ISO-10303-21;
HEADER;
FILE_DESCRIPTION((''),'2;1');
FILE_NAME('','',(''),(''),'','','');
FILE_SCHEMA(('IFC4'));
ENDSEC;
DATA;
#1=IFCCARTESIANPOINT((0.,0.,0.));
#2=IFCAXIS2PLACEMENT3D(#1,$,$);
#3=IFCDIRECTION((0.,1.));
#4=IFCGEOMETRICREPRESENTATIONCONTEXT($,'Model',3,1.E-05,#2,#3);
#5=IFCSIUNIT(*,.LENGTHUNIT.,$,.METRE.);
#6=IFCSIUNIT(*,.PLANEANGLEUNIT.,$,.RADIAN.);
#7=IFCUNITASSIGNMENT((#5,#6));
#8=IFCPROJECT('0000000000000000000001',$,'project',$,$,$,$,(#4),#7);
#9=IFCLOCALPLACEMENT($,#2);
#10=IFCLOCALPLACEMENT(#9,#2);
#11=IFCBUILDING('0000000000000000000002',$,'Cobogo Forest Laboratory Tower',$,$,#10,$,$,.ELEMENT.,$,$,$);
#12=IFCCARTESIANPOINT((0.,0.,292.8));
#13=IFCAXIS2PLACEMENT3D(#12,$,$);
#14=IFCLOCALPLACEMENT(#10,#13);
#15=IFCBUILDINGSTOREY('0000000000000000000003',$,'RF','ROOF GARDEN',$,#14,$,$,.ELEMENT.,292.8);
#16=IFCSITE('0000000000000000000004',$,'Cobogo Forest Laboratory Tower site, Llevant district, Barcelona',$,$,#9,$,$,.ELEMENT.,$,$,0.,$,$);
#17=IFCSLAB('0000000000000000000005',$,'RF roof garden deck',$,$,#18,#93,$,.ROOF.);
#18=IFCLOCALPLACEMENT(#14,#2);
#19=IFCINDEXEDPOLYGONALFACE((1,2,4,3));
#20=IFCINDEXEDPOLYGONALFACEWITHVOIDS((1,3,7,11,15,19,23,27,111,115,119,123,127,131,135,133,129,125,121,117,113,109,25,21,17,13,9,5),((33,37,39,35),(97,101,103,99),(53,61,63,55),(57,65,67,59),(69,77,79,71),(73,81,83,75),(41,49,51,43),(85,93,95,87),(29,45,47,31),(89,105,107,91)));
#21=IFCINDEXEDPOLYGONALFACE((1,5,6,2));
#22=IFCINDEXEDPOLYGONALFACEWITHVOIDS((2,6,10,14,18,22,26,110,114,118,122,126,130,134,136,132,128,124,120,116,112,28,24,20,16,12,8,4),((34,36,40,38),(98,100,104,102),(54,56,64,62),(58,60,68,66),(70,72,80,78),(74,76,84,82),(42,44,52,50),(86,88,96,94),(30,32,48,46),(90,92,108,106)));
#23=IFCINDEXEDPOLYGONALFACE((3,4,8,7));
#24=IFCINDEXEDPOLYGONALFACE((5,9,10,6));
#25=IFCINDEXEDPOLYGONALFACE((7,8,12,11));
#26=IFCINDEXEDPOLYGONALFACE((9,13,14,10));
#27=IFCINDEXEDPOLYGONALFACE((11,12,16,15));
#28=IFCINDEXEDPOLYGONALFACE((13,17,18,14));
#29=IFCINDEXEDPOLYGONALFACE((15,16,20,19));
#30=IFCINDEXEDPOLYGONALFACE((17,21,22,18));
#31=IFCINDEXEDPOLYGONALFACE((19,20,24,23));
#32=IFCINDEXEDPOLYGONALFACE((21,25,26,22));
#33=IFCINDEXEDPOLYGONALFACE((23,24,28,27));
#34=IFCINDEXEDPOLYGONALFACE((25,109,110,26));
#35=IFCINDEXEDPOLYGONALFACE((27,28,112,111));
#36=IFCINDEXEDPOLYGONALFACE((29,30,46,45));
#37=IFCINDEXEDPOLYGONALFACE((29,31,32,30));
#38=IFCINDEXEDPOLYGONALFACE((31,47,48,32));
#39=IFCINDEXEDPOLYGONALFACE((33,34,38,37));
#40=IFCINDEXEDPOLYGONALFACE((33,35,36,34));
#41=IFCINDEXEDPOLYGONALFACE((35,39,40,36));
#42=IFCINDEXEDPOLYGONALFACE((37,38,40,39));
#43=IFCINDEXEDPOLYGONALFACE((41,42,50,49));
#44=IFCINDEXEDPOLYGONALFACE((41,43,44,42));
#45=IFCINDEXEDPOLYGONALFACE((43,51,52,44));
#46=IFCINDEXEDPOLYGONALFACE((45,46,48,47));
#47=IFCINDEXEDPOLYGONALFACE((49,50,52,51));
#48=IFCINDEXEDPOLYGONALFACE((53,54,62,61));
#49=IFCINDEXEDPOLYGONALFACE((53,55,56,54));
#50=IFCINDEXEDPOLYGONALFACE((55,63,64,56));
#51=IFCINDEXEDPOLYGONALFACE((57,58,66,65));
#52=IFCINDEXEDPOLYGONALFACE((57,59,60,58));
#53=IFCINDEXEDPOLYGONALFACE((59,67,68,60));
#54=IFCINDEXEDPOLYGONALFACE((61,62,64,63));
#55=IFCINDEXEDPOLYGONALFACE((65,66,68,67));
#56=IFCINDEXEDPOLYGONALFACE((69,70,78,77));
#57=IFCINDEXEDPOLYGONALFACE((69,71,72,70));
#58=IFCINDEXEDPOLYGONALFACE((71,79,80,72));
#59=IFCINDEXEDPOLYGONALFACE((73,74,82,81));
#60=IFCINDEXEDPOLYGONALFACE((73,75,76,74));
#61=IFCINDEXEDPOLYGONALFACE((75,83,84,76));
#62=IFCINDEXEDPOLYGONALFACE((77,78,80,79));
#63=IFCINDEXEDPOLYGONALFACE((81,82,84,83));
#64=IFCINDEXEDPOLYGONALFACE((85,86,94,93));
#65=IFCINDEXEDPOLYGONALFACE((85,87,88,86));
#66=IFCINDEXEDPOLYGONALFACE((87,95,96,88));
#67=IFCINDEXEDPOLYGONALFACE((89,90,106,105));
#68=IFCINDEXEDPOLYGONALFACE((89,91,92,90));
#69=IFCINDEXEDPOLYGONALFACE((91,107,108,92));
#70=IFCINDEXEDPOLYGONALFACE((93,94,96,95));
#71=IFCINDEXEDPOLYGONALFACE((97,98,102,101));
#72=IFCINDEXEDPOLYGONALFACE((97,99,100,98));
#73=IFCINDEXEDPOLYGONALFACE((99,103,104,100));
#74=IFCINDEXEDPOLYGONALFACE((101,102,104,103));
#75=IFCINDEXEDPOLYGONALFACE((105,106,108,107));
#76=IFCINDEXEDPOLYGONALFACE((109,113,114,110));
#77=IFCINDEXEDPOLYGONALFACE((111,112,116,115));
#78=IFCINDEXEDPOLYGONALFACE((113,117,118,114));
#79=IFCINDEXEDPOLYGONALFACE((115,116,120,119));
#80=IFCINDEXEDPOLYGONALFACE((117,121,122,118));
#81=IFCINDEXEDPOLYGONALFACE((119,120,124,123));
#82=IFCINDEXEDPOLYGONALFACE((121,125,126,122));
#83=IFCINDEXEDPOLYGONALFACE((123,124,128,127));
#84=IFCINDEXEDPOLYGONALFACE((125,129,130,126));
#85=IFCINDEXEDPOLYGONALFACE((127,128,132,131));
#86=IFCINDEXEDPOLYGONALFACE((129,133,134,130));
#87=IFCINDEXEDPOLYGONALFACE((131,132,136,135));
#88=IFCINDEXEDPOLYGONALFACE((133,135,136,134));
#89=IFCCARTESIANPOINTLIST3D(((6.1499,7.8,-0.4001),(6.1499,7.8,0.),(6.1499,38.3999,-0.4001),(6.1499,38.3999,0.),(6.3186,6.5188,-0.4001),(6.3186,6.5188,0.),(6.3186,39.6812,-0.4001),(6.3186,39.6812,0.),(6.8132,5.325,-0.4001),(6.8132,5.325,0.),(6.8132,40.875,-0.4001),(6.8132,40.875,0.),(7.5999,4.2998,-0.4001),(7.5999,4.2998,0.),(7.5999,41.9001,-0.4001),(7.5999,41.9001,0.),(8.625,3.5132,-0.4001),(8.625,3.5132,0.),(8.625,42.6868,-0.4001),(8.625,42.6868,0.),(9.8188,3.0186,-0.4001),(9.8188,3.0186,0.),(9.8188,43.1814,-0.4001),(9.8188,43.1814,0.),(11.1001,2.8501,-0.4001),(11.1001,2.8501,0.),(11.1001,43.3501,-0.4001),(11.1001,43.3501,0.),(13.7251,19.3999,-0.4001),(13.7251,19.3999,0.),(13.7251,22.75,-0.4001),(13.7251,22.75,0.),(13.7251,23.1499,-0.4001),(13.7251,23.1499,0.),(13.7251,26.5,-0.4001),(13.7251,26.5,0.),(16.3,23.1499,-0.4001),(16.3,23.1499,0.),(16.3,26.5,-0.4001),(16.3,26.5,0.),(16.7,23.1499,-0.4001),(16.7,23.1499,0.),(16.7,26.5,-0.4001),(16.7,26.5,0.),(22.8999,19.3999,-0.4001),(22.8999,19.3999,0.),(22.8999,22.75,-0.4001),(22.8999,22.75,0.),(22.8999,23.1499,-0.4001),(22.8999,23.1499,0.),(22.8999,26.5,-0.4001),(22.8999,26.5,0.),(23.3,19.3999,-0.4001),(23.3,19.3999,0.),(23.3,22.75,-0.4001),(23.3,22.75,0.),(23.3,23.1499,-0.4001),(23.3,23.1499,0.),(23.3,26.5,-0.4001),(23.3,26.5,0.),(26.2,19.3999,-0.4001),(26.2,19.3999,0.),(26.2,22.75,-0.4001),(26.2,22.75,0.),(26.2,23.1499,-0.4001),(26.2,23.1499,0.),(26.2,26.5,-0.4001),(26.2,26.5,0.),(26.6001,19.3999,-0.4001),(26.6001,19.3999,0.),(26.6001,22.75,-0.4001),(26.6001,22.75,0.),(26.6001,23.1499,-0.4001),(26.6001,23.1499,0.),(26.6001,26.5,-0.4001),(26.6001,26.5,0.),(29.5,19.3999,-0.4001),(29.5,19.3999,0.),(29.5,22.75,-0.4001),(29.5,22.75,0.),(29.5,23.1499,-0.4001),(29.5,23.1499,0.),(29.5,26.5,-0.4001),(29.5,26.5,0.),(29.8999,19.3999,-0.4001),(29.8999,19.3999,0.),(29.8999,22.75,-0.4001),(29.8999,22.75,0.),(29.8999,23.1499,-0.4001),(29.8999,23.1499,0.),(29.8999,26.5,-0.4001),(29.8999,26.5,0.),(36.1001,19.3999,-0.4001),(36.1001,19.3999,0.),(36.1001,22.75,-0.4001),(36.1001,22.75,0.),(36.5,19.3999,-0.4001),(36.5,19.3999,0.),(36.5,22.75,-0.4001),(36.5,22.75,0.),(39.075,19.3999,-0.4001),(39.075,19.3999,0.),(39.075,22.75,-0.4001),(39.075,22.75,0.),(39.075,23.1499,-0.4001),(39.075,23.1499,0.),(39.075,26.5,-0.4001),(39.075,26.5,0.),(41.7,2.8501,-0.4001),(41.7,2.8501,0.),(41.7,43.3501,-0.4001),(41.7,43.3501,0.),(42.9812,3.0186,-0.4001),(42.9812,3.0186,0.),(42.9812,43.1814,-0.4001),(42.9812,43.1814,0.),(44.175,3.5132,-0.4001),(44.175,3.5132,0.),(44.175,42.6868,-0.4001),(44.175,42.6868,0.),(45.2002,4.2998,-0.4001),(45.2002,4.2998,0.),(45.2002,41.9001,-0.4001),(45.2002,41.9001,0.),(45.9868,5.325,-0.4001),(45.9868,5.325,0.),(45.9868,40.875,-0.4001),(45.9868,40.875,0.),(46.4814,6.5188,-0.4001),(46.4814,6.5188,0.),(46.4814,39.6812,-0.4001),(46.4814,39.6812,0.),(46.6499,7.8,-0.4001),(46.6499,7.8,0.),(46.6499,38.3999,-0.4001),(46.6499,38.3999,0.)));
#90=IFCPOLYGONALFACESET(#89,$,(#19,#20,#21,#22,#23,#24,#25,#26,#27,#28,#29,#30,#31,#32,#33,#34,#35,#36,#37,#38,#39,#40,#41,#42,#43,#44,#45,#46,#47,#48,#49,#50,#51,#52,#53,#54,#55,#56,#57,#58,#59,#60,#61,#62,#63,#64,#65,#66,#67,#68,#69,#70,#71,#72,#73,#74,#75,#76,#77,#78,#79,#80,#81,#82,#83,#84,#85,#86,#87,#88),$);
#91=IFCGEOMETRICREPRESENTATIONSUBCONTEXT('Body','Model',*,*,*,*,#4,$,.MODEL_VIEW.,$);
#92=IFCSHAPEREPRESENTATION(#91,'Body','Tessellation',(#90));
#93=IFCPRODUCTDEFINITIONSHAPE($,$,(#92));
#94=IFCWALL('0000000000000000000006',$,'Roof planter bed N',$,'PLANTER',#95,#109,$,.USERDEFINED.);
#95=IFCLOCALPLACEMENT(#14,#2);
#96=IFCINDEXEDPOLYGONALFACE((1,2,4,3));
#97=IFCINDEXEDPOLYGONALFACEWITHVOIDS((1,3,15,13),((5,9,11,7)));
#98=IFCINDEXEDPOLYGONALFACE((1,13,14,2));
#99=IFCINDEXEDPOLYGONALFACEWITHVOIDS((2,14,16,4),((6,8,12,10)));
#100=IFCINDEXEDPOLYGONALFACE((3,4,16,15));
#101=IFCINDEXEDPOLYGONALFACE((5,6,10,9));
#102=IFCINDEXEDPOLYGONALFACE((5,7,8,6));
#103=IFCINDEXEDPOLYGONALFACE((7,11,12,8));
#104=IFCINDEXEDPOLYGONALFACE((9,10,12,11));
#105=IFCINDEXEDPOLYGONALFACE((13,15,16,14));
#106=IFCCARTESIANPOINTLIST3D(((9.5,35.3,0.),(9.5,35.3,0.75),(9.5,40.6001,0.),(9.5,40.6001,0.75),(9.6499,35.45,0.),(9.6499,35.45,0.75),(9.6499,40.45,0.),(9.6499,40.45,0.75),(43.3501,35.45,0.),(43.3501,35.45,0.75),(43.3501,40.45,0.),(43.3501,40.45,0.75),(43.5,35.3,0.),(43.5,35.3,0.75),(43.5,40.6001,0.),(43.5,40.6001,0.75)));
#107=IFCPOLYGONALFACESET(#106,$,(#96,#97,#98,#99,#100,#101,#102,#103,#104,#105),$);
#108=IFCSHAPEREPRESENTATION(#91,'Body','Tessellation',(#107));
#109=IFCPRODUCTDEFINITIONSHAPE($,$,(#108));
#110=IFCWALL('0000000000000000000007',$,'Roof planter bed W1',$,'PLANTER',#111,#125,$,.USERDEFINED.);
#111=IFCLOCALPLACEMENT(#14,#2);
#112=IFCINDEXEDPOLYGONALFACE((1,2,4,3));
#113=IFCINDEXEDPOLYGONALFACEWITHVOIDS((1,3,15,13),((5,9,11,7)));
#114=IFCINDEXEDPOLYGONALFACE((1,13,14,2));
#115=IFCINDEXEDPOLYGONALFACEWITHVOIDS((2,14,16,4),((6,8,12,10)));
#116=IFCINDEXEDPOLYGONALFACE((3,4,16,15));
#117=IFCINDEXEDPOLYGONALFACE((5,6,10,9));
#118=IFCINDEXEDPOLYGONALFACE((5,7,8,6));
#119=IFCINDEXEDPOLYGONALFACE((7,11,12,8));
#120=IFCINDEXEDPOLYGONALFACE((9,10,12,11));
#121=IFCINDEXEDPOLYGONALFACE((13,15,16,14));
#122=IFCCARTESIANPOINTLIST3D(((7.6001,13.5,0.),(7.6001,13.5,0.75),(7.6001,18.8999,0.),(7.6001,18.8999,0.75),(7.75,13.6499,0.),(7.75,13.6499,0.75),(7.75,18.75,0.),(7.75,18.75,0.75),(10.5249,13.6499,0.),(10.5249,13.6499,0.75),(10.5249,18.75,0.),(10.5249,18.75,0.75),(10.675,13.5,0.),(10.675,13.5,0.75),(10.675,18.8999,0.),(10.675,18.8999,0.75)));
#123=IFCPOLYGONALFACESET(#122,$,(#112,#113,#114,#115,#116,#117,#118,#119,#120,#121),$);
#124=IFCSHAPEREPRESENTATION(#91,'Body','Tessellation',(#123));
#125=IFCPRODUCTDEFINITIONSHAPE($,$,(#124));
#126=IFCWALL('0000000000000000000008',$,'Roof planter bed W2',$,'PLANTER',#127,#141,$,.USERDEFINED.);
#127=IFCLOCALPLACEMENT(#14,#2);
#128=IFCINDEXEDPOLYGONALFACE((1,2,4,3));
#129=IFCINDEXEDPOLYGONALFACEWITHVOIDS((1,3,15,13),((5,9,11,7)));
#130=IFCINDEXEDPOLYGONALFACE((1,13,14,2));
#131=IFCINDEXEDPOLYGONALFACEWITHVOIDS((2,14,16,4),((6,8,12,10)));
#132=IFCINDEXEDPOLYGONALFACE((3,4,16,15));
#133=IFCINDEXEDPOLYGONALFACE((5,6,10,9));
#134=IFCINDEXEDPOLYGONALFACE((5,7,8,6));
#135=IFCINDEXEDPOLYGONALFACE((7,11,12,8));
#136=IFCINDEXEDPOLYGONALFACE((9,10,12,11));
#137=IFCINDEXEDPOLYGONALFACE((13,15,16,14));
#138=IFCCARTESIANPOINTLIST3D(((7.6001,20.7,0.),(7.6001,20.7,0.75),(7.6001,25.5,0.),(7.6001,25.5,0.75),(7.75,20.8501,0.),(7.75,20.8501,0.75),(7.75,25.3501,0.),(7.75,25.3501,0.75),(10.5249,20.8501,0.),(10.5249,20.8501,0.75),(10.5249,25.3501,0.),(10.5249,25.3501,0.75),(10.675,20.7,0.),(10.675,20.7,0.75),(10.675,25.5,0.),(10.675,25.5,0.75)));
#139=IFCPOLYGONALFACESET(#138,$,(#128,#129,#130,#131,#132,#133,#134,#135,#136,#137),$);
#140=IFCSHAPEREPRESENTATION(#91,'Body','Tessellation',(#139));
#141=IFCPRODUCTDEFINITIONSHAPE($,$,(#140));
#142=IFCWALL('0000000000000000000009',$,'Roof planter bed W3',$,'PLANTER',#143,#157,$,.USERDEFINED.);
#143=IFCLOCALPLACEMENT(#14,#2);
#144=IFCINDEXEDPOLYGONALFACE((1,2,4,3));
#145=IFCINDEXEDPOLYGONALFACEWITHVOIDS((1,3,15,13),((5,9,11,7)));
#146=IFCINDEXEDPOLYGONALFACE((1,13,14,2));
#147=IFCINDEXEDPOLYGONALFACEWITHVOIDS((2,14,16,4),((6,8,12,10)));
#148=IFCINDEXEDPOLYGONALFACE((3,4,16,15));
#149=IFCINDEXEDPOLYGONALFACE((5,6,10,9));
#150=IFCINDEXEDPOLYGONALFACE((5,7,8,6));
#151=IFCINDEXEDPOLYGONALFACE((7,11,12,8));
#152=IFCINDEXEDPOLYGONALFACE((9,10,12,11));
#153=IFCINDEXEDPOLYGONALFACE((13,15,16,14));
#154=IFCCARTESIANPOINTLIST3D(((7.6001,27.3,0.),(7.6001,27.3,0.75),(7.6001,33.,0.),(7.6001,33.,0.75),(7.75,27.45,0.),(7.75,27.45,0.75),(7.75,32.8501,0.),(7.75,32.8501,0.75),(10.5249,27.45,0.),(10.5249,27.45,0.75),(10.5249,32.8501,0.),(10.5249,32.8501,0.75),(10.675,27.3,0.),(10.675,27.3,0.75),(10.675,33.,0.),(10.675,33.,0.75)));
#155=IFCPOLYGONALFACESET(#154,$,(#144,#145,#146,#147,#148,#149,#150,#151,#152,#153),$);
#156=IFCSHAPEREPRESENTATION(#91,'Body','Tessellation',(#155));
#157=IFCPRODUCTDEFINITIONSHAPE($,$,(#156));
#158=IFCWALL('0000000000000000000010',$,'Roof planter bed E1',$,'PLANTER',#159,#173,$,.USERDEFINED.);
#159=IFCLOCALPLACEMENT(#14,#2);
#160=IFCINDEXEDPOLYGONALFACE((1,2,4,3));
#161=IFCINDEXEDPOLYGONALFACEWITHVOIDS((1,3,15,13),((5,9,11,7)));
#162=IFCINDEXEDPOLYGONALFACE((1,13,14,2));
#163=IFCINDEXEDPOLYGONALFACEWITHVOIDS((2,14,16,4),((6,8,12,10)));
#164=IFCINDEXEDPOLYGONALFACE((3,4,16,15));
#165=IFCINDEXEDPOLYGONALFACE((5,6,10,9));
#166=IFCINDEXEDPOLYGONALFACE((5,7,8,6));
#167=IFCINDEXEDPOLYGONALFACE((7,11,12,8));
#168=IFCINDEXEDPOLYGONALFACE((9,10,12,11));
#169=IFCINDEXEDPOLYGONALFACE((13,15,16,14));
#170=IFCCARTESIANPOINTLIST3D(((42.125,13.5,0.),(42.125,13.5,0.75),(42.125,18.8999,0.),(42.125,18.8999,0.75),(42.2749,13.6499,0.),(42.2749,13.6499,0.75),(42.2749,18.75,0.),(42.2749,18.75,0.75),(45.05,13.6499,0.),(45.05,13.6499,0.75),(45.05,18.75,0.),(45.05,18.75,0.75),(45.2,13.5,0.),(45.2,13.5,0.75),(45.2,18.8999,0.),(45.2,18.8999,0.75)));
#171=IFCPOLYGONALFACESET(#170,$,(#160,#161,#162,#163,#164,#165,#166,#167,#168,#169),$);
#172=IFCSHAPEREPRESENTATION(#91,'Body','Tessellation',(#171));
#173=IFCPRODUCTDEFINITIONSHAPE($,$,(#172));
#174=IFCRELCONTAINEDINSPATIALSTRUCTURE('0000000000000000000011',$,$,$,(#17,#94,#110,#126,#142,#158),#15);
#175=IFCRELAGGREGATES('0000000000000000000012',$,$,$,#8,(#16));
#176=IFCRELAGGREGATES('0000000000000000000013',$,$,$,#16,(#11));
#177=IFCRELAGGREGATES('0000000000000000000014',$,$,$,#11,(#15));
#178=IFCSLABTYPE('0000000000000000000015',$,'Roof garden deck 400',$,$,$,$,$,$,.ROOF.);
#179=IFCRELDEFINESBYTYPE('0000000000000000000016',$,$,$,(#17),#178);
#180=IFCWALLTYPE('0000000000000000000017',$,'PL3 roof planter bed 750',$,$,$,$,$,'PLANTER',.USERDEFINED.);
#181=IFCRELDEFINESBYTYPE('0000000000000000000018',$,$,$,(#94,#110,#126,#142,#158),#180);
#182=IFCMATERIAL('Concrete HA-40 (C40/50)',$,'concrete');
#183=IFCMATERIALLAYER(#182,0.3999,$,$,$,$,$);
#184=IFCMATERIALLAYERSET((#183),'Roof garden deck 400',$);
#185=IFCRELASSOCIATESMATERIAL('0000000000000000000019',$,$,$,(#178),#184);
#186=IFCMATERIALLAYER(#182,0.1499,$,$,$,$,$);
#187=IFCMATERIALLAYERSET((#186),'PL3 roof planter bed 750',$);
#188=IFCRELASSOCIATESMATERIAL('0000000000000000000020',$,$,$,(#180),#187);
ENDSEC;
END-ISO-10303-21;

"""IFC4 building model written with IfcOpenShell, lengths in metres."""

from ifc_helpers import new_model, si_unit, direction, frame, origin, place, context, subcontext, project, spatial, polyline, outline, extrude, material, layer, layer_set, type_object, element, save


model = new_model("IFC4")

# Units and contexts
model_context = context("Model", 3, precision=1e-05, world=origin(), true_north=direction((0.0, 1.0)))
body_context = subcontext(model_context, "Body", "Model", "MODEL_VIEW")
ifc_project = project(units=[si_unit("LENGTHUNIT", "METRE"), si_unit("PLANEANGLEUNIT", "RADIAN")], contexts=[model_context])

# Site, building, storey
site_placement = place(None, origin())
site = spatial("IfcSite", under=ifc_project, at=site_placement, Name="Cobogo Forest Laboratory Tower site, Llevant district, Barcelona", CompositionType="ELEMENT", RefElevation=0.0)
building_placement = place(site_placement, origin())
building = spatial("IfcBuilding", under=site, at=building_placement, Name="Cobogo Forest Laboratory Tower", CompositionType="ELEMENT")
storey_placement = place(building_placement, frame((0.0, 0.0, 292.8)))
storey = spatial("IfcBuildingStorey", under=building, at=storey_placement, Name="RF", Description="ROOF GARDEN", CompositionType="ELEMENT", Elevation=292.8)

# Slab
ifc_material = material(Name="Concrete HA-40 (C40/50)", Category="concrete")
ifc_layer_1 = layer(ifc_material, 0.3999)
ifc_layer_set_1 = layer_set([ifc_layer_1], Name="Roof garden deck 400")
slab_type = type_object("IfcSlabType", Name="Roof garden deck 400", PredefinedType="ROOF", material=ifc_layer_set_1)
slab_placement = place(storey_placement, frame((0.0, 0.0, -0.4001)))
element("IfcSlab", 1, at=slab_placement, inside=storey, type_object=slab_type, Name="RF roof garden deck", PredefinedType="ROOF", context=body_context, shape_type="SweptSolid", body=[
    extrude(outline(polyline([(41.7, 2.8501), (42.9812, 3.0186), (44.175, 3.5132), (45.2002, 4.2998), (45.9868, 5.325), (46.4814, 6.5188), (46.6499, 7.8), (46.6499, 38.3999), (46.4814, 39.6812), (45.9868, 40.875), (45.2002, 41.9001), (44.175, 42.6868), (42.9812, 43.1814), (41.7, 43.3501), (11.1001, 43.3501), (9.8188, 43.1814), (8.625, 42.6868), (7.5999, 41.9001), (6.8132, 40.875), (6.3186, 39.6812), (6.1499, 38.3999), (6.1499, 7.8), (6.3186, 6.5188), (6.8132, 5.325), (7.5999, 4.2998), (8.625, 3.5132), (9.8188, 3.0186), (11.1001, 2.8501), (41.7, 2.8501)]), holes=[polyline([(22.8999, 22.75), (22.8999, 19.3999), (13.7251, 19.3999), (13.7251, 22.75), (22.8999, 22.75)]), polyline([(26.2, 19.3999), (23.3, 19.3999), (23.3, 22.75), (26.2, 22.75), (26.2, 19.3999)]), polyline([(29.5, 22.75), (29.5, 19.3999), (26.6001, 19.3999), (26.6001, 22.75), (29.5, 22.75)]), polyline([(36.1001, 22.75), (36.1001, 19.3999), (29.8999, 19.3999), (29.8999, 22.75), (36.1001, 22.75)]), polyline([(39.075, 22.75), (39.075, 19.3999), (36.5, 19.3999), (36.5, 22.75), (39.075, 22.75)]), polyline([(16.3, 23.1499), (13.7251, 23.1499), (13.7251, 26.5), (16.3, 26.5), (16.3, 23.1499)]), polyline([(16.7, 26.5), (22.8999, 26.5), (22.8999, 23.1499), (16.7, 23.1499), (16.7, 26.5)]), polyline([(26.2, 23.1499), (23.3, 23.1499), (23.3, 26.5), (26.2, 26.5), (26.2, 23.1499)]), polyline([(29.5, 23.1499), (26.6001, 23.1499), (26.6001, 26.5), (29.5, 26.5), (29.5, 23.1499)]), polyline([(39.075, 23.1499), (29.8999, 23.1499), (29.8999, 26.5), (39.075, 26.5), (39.075, 23.1499)])]), origin(), (0.0, 0.0, 1.0), 0.4001),
])

# Walls
ifc_layer_2 = layer(ifc_material, 0.1499)
ifc_layer_set_2 = layer_set([ifc_layer_2], Name="PL3 roof planter bed 750")
wall_type_1 = type_object("IfcWallType", Name="PL3 roof planter bed 750", ElementType="PLANTER", PredefinedType="USERDEFINED", material=ifc_layer_set_2)
wall_1_placement = place(storey_placement, origin())
element("IfcWall", 2, at=wall_1_placement, inside=storey, type_object=wall_type_1, Name="Roof planter bed N", ObjectType="PLANTER", PredefinedType="USERDEFINED", context=body_context, shape_type="SweptSolid", body=[
    extrude(outline(polyline([(9.5, 35.3), (43.5, 35.3), (43.5, 40.6001), (9.5, 40.6001), (9.5, 35.3)]), holes=[polyline([(9.6499, 35.45), (43.3501, 35.45), (43.3501, 40.45), (9.6499, 40.45), (9.6499, 35.45)])]), origin(), (0.0, 0.0, 1.0), 0.75),
])
wall_2_placement = place(storey_placement, origin())
element("IfcWall", 3, at=wall_2_placement, inside=storey, type_object=wall_type_1, Name="Roof planter bed W1", ObjectType="PLANTER", PredefinedType="USERDEFINED", context=body_context, shape_type="SweptSolid", body=[
    extrude(outline(polyline([(7.6001, 13.5), (10.675, 13.5), (10.675, 18.8999), (7.6001, 18.8999), (7.6001, 13.5)]), holes=[polyline([(7.75, 13.6499), (10.5249, 13.6499), (10.5249, 18.75), (7.75, 18.75), (7.75, 13.6499)])]), origin(), (0.0, 0.0, 1.0), 0.75),
])
wall_3_placement = place(storey_placement, origin())
element("IfcWall", 4, at=wall_3_placement, inside=storey, type_object=wall_type_1, Name="Roof planter bed W2", ObjectType="PLANTER", PredefinedType="USERDEFINED", context=body_context, shape_type="SweptSolid", body=[
    extrude(outline(polyline([(7.6001, 20.7), (10.675, 20.7), (10.675, 25.5), (7.6001, 25.5), (7.6001, 20.7)]), holes=[polyline([(7.75, 20.8501), (10.5249, 20.8501), (10.5249, 25.3501), (7.75, 25.3501), (7.75, 20.8501)])]), origin(), (0.0, 0.0, 1.0), 0.75),
])
wall_4_placement = place(storey_placement, origin())
element("IfcWall", 5, at=wall_4_placement, inside=storey, type_object=wall_type_1, Name="Roof planter bed W3", ObjectType="PLANTER", PredefinedType="USERDEFINED", context=body_context, shape_type="SweptSolid", body=[
    extrude(outline(polyline([(7.6001, 27.3), (10.675, 27.3), (10.675, 33.0), (7.6001, 33.0), (7.6001, 27.3)]), holes=[polyline([(7.75, 27.45), (10.5249, 27.45), (10.5249, 32.8501), (7.75, 32.8501), (7.75, 27.45)])]), origin(), (0.0, 0.0, 1.0), 0.75),
])
wall_5_placement = place(storey_placement, origin())
element("IfcWall", 6, at=wall_5_placement, inside=storey, type_object=wall_type_1, Name="Roof planter bed E1", ObjectType="PLANTER", PredefinedType="USERDEFINED", context=body_context, shape_type="SweptSolid", body=[
    extrude(outline(polyline([(42.125, 13.5), (45.2, 13.5), (45.2, 18.8999), (42.125, 18.8999), (42.125, 13.5)]), holes=[polyline([(42.2749, 13.6499), (45.05, 13.6499), (45.05, 18.75), (42.2749, 18.75), (42.2749, 13.6499)])]), origin(), (0.0, 0.0, 1.0), 0.75),
])

save(model, "model.ifc")
